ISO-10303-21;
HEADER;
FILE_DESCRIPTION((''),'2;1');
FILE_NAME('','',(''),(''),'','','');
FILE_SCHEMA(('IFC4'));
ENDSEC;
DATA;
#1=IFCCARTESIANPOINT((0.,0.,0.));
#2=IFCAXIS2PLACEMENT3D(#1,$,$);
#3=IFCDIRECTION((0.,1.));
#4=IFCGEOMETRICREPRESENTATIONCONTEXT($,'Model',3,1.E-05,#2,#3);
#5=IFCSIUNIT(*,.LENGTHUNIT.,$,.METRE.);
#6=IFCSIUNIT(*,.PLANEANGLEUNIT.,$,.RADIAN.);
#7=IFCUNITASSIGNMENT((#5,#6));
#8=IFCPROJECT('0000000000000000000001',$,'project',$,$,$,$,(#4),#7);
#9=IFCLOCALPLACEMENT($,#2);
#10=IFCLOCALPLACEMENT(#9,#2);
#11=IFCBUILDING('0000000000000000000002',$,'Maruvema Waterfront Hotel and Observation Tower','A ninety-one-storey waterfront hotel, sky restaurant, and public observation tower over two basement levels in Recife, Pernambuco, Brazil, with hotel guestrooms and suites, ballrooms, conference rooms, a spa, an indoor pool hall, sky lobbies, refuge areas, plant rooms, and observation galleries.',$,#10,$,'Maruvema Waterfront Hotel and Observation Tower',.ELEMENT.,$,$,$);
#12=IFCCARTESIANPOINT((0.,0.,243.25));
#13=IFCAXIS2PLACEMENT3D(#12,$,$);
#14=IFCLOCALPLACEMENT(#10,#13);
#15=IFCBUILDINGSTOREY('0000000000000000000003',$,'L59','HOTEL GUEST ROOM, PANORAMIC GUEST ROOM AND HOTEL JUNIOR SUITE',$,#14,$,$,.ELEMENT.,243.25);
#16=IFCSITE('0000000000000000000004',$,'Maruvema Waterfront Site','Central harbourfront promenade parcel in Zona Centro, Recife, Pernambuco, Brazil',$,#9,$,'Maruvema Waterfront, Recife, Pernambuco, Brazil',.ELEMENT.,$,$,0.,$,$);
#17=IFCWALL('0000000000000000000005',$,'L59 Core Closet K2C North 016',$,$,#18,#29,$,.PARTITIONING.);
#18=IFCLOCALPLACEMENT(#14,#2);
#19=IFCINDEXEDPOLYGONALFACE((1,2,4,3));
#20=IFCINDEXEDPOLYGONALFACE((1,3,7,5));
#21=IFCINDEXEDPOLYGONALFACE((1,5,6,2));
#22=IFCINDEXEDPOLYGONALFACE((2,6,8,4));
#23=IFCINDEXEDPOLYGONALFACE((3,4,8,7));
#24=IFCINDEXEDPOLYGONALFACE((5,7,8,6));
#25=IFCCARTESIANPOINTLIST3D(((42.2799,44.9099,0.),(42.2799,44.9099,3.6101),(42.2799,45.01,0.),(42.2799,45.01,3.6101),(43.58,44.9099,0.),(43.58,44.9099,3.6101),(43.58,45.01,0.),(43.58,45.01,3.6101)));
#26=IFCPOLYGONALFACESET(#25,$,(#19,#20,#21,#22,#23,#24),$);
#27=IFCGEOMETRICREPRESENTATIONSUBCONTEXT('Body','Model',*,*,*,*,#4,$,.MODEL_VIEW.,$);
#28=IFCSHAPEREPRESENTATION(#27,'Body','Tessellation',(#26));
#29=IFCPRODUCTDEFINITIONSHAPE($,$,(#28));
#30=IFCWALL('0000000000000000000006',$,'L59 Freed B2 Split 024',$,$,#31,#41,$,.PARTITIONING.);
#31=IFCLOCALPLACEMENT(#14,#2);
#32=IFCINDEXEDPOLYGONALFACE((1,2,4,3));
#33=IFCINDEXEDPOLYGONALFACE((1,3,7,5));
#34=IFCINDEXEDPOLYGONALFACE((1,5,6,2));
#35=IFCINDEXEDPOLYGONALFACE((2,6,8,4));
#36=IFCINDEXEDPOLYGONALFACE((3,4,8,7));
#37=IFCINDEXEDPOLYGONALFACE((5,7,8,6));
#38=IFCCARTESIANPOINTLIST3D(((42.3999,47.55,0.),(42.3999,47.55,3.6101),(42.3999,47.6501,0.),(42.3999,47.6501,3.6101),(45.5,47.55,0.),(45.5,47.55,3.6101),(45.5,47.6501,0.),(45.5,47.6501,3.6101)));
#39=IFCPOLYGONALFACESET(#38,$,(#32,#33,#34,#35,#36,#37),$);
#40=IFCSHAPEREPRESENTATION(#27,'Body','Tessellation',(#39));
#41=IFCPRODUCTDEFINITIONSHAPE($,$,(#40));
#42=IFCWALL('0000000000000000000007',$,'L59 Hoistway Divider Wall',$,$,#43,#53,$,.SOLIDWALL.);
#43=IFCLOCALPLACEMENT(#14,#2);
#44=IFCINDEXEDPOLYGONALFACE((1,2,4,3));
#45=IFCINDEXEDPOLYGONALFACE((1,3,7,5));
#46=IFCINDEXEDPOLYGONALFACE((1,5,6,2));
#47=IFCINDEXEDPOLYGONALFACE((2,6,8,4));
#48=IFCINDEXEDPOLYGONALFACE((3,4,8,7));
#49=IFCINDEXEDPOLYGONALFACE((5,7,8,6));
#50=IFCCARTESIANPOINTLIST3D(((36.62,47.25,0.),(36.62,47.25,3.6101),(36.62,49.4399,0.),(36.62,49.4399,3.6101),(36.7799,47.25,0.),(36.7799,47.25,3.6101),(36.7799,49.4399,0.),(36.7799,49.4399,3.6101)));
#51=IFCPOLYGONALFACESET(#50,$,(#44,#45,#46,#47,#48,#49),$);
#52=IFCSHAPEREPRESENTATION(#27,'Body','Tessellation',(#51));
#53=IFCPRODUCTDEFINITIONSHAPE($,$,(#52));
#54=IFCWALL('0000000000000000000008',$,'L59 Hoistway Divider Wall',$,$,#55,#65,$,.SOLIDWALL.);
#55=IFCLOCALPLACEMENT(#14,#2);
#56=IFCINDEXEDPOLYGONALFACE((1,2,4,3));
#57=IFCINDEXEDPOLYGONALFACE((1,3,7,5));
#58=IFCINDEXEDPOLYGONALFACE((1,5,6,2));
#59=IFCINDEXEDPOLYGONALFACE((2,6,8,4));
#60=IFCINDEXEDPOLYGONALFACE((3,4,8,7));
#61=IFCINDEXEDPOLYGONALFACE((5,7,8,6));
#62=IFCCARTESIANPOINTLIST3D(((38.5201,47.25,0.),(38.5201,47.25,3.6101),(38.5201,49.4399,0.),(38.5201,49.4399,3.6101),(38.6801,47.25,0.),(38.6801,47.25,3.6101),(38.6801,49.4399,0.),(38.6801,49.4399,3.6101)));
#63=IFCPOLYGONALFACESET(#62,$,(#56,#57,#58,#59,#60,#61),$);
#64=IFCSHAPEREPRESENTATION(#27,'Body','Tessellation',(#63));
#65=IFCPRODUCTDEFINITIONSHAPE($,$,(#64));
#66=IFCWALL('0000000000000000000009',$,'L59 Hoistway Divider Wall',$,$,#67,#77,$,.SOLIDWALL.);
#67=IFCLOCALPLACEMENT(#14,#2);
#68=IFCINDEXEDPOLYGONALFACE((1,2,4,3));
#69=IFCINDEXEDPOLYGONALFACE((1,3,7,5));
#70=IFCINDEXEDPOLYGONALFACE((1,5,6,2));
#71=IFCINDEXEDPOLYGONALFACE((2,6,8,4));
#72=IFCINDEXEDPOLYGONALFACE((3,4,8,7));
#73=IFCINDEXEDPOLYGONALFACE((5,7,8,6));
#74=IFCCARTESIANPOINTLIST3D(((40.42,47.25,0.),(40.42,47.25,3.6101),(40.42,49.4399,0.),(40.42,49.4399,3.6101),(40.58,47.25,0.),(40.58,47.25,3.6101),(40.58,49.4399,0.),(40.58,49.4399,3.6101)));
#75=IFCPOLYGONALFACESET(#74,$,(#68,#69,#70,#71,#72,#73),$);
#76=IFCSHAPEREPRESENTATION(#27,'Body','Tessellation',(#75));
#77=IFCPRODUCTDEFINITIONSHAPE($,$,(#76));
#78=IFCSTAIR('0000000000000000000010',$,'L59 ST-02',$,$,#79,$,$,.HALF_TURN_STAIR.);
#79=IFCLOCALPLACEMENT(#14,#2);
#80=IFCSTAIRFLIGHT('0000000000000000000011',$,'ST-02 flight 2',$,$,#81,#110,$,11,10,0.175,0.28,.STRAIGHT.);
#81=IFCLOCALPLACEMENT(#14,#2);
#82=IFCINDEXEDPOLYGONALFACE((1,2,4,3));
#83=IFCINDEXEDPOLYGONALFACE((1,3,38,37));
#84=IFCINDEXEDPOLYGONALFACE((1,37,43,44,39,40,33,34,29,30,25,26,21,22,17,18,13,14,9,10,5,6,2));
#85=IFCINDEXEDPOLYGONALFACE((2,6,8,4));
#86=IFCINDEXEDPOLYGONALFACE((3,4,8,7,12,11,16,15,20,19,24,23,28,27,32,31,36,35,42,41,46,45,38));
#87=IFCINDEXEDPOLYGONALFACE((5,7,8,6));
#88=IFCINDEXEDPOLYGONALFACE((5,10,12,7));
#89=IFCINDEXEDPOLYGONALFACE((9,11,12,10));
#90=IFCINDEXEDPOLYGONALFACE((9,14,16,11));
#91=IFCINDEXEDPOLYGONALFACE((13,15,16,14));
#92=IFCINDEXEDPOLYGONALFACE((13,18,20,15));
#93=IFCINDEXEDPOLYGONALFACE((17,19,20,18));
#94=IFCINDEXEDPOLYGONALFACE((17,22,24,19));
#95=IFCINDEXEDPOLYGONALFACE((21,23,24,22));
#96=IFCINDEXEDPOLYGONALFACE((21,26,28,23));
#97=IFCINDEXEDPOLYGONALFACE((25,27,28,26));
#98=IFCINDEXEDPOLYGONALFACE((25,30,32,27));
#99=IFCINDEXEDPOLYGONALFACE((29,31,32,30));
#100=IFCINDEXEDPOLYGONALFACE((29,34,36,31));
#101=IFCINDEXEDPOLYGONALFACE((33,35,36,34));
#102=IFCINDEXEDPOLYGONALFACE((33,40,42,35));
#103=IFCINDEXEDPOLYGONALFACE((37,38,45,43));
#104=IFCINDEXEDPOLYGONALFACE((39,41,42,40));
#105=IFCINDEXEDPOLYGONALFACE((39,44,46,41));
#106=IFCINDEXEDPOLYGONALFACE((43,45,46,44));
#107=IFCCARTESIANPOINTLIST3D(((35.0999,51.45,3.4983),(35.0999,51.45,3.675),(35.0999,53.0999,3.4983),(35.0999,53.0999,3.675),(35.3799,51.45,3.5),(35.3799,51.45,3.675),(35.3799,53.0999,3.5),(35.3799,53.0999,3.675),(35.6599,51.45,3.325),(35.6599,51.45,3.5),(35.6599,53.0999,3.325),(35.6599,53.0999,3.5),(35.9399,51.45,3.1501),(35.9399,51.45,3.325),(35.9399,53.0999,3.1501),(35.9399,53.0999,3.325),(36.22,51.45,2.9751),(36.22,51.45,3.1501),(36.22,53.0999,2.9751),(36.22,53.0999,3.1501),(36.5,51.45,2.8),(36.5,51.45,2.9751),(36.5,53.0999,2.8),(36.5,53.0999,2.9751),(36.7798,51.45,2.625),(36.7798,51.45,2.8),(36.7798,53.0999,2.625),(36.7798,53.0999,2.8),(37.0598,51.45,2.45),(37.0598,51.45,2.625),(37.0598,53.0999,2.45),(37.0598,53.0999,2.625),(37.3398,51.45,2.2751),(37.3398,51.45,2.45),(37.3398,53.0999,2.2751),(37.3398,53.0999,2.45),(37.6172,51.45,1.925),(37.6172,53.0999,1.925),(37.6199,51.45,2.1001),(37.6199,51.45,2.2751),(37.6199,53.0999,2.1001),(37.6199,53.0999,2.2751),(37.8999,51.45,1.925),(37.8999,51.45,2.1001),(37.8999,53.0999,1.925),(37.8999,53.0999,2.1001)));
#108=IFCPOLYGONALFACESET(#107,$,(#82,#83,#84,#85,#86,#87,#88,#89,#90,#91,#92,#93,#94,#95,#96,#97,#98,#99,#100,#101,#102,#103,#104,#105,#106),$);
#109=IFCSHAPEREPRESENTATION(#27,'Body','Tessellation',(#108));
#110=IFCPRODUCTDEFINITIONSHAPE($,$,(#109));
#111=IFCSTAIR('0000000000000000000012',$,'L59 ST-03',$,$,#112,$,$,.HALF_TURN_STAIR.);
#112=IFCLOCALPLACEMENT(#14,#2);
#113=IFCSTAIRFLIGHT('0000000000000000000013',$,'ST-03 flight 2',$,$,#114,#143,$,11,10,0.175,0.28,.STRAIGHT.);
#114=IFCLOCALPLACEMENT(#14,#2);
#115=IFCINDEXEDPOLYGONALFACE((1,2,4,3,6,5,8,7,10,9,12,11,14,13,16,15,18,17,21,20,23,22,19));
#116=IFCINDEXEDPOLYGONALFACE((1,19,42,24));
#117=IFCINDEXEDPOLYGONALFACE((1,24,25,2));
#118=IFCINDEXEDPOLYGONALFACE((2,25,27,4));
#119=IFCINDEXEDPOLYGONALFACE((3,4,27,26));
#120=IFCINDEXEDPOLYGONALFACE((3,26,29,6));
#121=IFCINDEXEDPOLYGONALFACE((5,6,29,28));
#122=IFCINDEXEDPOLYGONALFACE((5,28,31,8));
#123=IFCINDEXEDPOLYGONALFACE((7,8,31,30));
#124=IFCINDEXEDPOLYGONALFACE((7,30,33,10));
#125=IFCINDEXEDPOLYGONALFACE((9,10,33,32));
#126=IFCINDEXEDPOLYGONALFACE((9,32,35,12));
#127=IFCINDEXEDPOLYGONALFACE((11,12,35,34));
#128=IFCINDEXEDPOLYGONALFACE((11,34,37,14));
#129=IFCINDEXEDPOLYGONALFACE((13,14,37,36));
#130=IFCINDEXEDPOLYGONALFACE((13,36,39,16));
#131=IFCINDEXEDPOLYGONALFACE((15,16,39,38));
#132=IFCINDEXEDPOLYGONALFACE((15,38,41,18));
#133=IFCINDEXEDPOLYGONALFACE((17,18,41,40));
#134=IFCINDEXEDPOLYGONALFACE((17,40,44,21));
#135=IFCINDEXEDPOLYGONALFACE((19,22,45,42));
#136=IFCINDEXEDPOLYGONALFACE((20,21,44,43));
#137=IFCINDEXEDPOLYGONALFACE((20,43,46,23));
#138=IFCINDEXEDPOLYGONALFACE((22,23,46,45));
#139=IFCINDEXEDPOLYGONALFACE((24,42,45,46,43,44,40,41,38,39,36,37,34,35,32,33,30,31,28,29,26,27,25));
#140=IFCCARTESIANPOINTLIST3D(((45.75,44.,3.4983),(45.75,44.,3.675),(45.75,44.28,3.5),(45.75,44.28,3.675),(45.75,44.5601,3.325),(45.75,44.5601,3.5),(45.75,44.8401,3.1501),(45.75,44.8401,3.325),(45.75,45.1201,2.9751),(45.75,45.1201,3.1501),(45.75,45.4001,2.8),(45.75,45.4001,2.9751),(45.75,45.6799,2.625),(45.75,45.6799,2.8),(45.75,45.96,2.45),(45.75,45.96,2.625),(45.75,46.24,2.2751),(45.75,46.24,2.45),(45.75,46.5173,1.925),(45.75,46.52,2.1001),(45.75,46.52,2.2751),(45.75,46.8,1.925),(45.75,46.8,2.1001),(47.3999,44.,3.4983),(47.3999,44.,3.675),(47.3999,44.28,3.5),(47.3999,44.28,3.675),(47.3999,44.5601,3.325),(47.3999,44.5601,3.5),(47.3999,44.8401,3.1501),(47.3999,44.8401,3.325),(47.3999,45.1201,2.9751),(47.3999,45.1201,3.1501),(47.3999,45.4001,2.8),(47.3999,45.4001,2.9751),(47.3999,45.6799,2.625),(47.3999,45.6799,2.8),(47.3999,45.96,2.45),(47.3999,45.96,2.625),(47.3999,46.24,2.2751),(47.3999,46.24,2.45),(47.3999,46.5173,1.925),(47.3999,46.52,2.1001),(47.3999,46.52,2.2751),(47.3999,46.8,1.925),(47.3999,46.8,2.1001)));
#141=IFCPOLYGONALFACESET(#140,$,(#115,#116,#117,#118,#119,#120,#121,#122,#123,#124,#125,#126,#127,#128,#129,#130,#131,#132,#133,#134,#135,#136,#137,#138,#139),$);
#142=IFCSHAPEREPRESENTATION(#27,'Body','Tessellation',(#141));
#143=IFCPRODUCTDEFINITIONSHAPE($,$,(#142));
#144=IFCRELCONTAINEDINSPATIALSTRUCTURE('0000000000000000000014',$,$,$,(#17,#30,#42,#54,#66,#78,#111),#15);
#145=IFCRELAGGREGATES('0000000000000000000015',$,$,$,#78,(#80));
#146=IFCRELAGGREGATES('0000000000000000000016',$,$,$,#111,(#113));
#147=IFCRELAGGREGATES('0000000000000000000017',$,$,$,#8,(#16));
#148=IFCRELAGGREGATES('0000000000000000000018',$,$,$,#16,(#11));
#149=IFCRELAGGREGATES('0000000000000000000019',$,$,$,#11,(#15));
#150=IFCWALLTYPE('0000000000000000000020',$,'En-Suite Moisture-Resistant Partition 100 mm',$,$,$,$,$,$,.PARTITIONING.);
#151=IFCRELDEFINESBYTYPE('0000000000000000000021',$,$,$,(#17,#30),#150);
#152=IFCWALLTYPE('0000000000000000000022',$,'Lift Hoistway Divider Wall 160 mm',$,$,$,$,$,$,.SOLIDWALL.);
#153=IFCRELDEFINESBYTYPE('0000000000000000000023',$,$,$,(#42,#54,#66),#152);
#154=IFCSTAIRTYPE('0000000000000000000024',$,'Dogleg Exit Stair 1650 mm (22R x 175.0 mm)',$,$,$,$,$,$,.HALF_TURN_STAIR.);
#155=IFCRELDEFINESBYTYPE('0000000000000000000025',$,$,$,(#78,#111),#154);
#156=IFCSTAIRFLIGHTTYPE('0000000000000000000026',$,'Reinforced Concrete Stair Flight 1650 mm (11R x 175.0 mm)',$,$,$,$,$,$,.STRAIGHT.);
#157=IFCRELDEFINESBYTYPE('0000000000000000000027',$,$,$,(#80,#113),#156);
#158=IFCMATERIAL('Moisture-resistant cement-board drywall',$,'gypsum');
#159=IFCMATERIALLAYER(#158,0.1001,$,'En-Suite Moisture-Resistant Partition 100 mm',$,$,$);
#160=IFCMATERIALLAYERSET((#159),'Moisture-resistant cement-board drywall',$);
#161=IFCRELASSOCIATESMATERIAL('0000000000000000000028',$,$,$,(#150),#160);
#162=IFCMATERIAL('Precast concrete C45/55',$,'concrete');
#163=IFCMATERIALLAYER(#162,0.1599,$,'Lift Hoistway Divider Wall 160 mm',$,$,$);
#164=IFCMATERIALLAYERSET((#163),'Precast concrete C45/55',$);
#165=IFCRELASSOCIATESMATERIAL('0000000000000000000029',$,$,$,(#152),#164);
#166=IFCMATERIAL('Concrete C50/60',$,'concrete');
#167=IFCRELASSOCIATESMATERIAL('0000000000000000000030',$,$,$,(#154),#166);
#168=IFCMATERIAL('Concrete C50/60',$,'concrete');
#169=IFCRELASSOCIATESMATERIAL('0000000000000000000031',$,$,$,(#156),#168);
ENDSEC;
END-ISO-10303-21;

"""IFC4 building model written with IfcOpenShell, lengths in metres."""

from ifc_helpers import new_model, si_unit, direction, frame, frame_2d, origin, place, context, subcontext, project, spatial, polyline, rectangle, outline, extrude, material, layer, layer_set, type_object, element, aggregate, save


model = new_model("IFC4")

# Units and contexts
model_context = context("Model", 3, precision=1e-05, world=origin(), true_north=direction((0.0, 1.0)))
body_context = subcontext(model_context, "Body", "Model", "MODEL_VIEW")
ifc_project = project(units=[si_unit("LENGTHUNIT", "METRE"), si_unit("PLANEANGLEUNIT", "RADIAN")], contexts=[model_context])

# Site, building, storey
site_placement = place(None, origin())
site = spatial("IfcSite", under=ifc_project, at=site_placement, Name="Maruvema Waterfront Site", Description="Central harbourfront promenade parcel in Zona Centro, Recife, Pernambuco, Brazil", LongName="Maruvema Waterfront, Recife, Pernambuco, Brazil", CompositionType="ELEMENT", RefElevation=0.0)
building_placement = place(site_placement, origin())
building = spatial("IfcBuilding", under=site, at=building_placement, Name="Maruvema Waterfront Hotel and Observation Tower", Description="A ninety-one-storey waterfront hotel, sky restaurant, and public observation tower over two basement levels in Recife, Pernambuco, Brazil, with hotel guestrooms and suites, ballrooms, conference rooms, a spa, an indoor pool hall, sky lobbies, refuge areas, plant rooms, and observation galleries.", LongName="Maruvema Waterfront Hotel and Observation Tower", CompositionType="ELEMENT")
storey_placement = place(building_placement, frame((0.0, 0.0, 243.25)))
storey = spatial("IfcBuildingStorey", under=building, at=storey_placement, Name="L59", Description="HOTEL GUEST ROOM, PANORAMIC GUEST ROOM AND HOTEL JUNIOR SUITE", CompositionType="ELEMENT", Elevation=243.25)

# Shared definitions
ifc_material_1 = material(Name="Moisture-resistant cement-board drywall", Category="gypsum")
ifc_layer_1 = layer(ifc_material_1, 0.1001, Name="En-Suite Moisture-Resistant Partition 100 mm")
ifc_layer_set_1 = layer_set([ifc_layer_1], Name="Moisture-resistant cement-board drywall")
wall_type_1 = type_object("IfcWallType", Name="En-Suite Moisture-Resistant Partition 100 mm", PredefinedType="PARTITIONING", material=ifc_layer_set_1)

# Walls
wall_1_placement = place(storey_placement, frame((42.28, 44.96, 0.0), z_axis=(0.0, 0.0, 1.0), x_axis=(1.0, 0.0, 0.0)))
element("IfcWall", 1, at=wall_1_placement, inside=storey, type_object=wall_type_1, Name="L59 Core Closet K2C North 016", PredefinedType="PARTITIONING", context=body_context, shape_type="SweptSolid", body=[
    extrude(rectangle(XDim=1.3, YDim=0.1001, at=frame_2d((0.6499, 0.0))), origin(), (0.0, 0.0, 1.0), 3.6101),
])
wall_2_placement = place(storey_placement, frame((42.3999, 47.6001, 0.0), z_axis=(0.0, 0.0, 1.0), x_axis=(1.0, 0.0, 0.0)))
element("IfcWall", 2, at=wall_2_placement, inside=storey, type_object=wall_type_1, Name="L59 Freed B2 Split 024", PredefinedType="PARTITIONING", context=body_context, shape_type="SweptSolid", body=[
    extrude(rectangle(XDim=3.1001, YDim=0.1001, at=frame_2d((1.55, 0.0))), origin(), (0.0, 0.0, 1.0), 3.6101),
])
ifc_material_2 = material(Name="Precast concrete C45/55", Category="concrete")
ifc_layer_2 = layer(ifc_material_2, 0.1599, Name="Lift Hoistway Divider Wall 160 mm")
ifc_layer_set_2 = layer_set([ifc_layer_2], Name="Precast concrete C45/55")
wall_type_2 = type_object("IfcWallType", Name="Lift Hoistway Divider Wall 160 mm", PredefinedType="SOLIDWALL", material=ifc_layer_set_2)
for number, where, z_axis, x_axis, name in (
    (3, (36.7, 47.25, 0.0), (0.0, 0.0, 1.0), (0.0, 1.0, 0.0), "L59 Hoistway Divider Wall"),
    (4, (38.6001, 47.25, 0.0), (0.0, 0.0, 1.0), (0.0, 1.0, 0.0), "L59 Hoistway Divider Wall"),
    (5, (40.5, 47.25, 0.0), (0.0, 0.0, 1.0), (0.0, 1.0, 0.0), "L59 Hoistway Divider Wall"),
):
    element("IfcWall", number, at=place(storey_placement, frame(where, z_axis=z_axis, x_axis=x_axis)), inside=storey, type_object=wall_type_2, Name=name, PredefinedType="SOLIDWALL", context=body_context, shape_type="SweptSolid", body=[
        extrude(rectangle(XDim=2.1899, YDim=0.1599, at=frame_2d((1.095, 0.0))), origin(), (0.0, 0.0, 1.0), 3.6101),
    ])

# Stairs, stair flights
ifc_material_3 = material(Name="Concrete C50/60", Category="concrete")
stair_type = type_object("IfcStairType", Name="Dogleg Exit Stair 1650 mm (22R x 175.0 mm)", PredefinedType="HALF_TURN_STAIR", material=ifc_material_3)
stair_1_placement = place(storey_placement, origin())
stair_1 = element("IfcStair", 6, at=stair_1_placement, inside=storey, type_object=stair_type, Name="L59 ST-02", PredefinedType="HALF_TURN_STAIR")
ifc_material_4 = material(Name="Concrete C50/60", Category="concrete")
stair_flight_type = type_object("IfcStairFlightType", Name="Reinforced Concrete Stair Flight 1650 mm (11R x 175.0 mm)", PredefinedType="STRAIGHT", material=ifc_material_4)
stair_flight_1_placement = place(storey_placement, frame((37.8999, 52.2749, 1.925), z_axis=(0.0, 0.0, 1.0), x_axis=(-1.0, 0.0, 0.0)))
stair_flight_1 = element("IfcStairFlight", 7, at=stair_flight_1_placement, type_object=stair_flight_type, Name="ST-02 flight 2", NumberOfRisers=11, NumberOfTreads=10, PredefinedType="STRAIGHT", RiserHeight=0.175, TreadLength=0.28, context=body_context, shape_type="SweptSolid", body=[
    extrude(outline(polyline([(0.0, 0.0), (0.0, 0.175), (0.28, 0.175), (0.28, 0.3501), (0.5601, 0.3501), (0.5601, 0.5249), (0.8401, 0.5249), (0.8401, 0.7), (1.1201, 0.7), (1.1201, 0.875), (1.3999, 0.875), (1.3999, 1.05), (1.6799, 1.05), (1.6799, 1.2251), (1.96, 1.2251), (1.96, 1.3999), (2.24, 1.3999), (2.24, 1.575), (2.52, 1.575), (2.52, 1.75), (2.8, 1.75), (2.8, 1.925), (2.8, 1.5732), (0.2827, 0.0), (0.0, 0.0)])), frame((0.0, 0.825, 0.0), z_axis=(0.0, -1.0, 0.0), x_axis=(1.0, 0.0, 0.0)), (0.0, 0.0, 1.0), 1.6499),
])
aggregate(stair_1, [stair_flight_1])
stair_2_placement = place(storey_placement, origin())
stair_2 = element("IfcStair", 8, at=stair_2_placement, inside=storey, type_object=stair_type, Name="L59 ST-03", PredefinedType="HALF_TURN_STAIR")
stair_flight_2_placement = place(storey_placement, frame((46.575, 46.8, 1.925), z_axis=(0.0, 0.0, 1.0), x_axis=(0.0, -1.0, 0.0)))
stair_flight_2 = element("IfcStairFlight", 9, at=stair_flight_2_placement, type_object=stair_flight_type, Name="ST-03 flight 2", NumberOfRisers=11, NumberOfTreads=10, PredefinedType="STRAIGHT", RiserHeight=0.175, TreadLength=0.28, context=body_context, shape_type="SweptSolid", body=[
    extrude(outline(polyline([(0.0, 0.0), (0.0, 0.175), (0.28, 0.175), (0.28, 0.3501), (0.5601, 0.3501), (0.5601, 0.5249), (0.8401, 0.5249), (0.8401, 0.7), (1.1201, 0.7), (1.1201, 0.875), (1.3999, 0.875), (1.3999, 1.05), (1.6799, 1.05), (1.6799, 1.2251), (1.96, 1.2251), (1.96, 1.3999), (2.24, 1.3999), (2.24, 1.575), (2.52, 1.575), (2.52, 1.75), (2.8, 1.75), (2.8, 1.925), (2.8, 1.5732), (0.2827, 0.0), (0.0, 0.0)])), frame((0.0, 0.825, 0.0), z_axis=(0.0, -1.0, 0.0), x_axis=(1.0, 0.0, 0.0)), (0.0, 0.0, 1.0), 1.6499),
])
aggregate(stair_2, [stair_flight_2])

save(model, "model.ifc")
